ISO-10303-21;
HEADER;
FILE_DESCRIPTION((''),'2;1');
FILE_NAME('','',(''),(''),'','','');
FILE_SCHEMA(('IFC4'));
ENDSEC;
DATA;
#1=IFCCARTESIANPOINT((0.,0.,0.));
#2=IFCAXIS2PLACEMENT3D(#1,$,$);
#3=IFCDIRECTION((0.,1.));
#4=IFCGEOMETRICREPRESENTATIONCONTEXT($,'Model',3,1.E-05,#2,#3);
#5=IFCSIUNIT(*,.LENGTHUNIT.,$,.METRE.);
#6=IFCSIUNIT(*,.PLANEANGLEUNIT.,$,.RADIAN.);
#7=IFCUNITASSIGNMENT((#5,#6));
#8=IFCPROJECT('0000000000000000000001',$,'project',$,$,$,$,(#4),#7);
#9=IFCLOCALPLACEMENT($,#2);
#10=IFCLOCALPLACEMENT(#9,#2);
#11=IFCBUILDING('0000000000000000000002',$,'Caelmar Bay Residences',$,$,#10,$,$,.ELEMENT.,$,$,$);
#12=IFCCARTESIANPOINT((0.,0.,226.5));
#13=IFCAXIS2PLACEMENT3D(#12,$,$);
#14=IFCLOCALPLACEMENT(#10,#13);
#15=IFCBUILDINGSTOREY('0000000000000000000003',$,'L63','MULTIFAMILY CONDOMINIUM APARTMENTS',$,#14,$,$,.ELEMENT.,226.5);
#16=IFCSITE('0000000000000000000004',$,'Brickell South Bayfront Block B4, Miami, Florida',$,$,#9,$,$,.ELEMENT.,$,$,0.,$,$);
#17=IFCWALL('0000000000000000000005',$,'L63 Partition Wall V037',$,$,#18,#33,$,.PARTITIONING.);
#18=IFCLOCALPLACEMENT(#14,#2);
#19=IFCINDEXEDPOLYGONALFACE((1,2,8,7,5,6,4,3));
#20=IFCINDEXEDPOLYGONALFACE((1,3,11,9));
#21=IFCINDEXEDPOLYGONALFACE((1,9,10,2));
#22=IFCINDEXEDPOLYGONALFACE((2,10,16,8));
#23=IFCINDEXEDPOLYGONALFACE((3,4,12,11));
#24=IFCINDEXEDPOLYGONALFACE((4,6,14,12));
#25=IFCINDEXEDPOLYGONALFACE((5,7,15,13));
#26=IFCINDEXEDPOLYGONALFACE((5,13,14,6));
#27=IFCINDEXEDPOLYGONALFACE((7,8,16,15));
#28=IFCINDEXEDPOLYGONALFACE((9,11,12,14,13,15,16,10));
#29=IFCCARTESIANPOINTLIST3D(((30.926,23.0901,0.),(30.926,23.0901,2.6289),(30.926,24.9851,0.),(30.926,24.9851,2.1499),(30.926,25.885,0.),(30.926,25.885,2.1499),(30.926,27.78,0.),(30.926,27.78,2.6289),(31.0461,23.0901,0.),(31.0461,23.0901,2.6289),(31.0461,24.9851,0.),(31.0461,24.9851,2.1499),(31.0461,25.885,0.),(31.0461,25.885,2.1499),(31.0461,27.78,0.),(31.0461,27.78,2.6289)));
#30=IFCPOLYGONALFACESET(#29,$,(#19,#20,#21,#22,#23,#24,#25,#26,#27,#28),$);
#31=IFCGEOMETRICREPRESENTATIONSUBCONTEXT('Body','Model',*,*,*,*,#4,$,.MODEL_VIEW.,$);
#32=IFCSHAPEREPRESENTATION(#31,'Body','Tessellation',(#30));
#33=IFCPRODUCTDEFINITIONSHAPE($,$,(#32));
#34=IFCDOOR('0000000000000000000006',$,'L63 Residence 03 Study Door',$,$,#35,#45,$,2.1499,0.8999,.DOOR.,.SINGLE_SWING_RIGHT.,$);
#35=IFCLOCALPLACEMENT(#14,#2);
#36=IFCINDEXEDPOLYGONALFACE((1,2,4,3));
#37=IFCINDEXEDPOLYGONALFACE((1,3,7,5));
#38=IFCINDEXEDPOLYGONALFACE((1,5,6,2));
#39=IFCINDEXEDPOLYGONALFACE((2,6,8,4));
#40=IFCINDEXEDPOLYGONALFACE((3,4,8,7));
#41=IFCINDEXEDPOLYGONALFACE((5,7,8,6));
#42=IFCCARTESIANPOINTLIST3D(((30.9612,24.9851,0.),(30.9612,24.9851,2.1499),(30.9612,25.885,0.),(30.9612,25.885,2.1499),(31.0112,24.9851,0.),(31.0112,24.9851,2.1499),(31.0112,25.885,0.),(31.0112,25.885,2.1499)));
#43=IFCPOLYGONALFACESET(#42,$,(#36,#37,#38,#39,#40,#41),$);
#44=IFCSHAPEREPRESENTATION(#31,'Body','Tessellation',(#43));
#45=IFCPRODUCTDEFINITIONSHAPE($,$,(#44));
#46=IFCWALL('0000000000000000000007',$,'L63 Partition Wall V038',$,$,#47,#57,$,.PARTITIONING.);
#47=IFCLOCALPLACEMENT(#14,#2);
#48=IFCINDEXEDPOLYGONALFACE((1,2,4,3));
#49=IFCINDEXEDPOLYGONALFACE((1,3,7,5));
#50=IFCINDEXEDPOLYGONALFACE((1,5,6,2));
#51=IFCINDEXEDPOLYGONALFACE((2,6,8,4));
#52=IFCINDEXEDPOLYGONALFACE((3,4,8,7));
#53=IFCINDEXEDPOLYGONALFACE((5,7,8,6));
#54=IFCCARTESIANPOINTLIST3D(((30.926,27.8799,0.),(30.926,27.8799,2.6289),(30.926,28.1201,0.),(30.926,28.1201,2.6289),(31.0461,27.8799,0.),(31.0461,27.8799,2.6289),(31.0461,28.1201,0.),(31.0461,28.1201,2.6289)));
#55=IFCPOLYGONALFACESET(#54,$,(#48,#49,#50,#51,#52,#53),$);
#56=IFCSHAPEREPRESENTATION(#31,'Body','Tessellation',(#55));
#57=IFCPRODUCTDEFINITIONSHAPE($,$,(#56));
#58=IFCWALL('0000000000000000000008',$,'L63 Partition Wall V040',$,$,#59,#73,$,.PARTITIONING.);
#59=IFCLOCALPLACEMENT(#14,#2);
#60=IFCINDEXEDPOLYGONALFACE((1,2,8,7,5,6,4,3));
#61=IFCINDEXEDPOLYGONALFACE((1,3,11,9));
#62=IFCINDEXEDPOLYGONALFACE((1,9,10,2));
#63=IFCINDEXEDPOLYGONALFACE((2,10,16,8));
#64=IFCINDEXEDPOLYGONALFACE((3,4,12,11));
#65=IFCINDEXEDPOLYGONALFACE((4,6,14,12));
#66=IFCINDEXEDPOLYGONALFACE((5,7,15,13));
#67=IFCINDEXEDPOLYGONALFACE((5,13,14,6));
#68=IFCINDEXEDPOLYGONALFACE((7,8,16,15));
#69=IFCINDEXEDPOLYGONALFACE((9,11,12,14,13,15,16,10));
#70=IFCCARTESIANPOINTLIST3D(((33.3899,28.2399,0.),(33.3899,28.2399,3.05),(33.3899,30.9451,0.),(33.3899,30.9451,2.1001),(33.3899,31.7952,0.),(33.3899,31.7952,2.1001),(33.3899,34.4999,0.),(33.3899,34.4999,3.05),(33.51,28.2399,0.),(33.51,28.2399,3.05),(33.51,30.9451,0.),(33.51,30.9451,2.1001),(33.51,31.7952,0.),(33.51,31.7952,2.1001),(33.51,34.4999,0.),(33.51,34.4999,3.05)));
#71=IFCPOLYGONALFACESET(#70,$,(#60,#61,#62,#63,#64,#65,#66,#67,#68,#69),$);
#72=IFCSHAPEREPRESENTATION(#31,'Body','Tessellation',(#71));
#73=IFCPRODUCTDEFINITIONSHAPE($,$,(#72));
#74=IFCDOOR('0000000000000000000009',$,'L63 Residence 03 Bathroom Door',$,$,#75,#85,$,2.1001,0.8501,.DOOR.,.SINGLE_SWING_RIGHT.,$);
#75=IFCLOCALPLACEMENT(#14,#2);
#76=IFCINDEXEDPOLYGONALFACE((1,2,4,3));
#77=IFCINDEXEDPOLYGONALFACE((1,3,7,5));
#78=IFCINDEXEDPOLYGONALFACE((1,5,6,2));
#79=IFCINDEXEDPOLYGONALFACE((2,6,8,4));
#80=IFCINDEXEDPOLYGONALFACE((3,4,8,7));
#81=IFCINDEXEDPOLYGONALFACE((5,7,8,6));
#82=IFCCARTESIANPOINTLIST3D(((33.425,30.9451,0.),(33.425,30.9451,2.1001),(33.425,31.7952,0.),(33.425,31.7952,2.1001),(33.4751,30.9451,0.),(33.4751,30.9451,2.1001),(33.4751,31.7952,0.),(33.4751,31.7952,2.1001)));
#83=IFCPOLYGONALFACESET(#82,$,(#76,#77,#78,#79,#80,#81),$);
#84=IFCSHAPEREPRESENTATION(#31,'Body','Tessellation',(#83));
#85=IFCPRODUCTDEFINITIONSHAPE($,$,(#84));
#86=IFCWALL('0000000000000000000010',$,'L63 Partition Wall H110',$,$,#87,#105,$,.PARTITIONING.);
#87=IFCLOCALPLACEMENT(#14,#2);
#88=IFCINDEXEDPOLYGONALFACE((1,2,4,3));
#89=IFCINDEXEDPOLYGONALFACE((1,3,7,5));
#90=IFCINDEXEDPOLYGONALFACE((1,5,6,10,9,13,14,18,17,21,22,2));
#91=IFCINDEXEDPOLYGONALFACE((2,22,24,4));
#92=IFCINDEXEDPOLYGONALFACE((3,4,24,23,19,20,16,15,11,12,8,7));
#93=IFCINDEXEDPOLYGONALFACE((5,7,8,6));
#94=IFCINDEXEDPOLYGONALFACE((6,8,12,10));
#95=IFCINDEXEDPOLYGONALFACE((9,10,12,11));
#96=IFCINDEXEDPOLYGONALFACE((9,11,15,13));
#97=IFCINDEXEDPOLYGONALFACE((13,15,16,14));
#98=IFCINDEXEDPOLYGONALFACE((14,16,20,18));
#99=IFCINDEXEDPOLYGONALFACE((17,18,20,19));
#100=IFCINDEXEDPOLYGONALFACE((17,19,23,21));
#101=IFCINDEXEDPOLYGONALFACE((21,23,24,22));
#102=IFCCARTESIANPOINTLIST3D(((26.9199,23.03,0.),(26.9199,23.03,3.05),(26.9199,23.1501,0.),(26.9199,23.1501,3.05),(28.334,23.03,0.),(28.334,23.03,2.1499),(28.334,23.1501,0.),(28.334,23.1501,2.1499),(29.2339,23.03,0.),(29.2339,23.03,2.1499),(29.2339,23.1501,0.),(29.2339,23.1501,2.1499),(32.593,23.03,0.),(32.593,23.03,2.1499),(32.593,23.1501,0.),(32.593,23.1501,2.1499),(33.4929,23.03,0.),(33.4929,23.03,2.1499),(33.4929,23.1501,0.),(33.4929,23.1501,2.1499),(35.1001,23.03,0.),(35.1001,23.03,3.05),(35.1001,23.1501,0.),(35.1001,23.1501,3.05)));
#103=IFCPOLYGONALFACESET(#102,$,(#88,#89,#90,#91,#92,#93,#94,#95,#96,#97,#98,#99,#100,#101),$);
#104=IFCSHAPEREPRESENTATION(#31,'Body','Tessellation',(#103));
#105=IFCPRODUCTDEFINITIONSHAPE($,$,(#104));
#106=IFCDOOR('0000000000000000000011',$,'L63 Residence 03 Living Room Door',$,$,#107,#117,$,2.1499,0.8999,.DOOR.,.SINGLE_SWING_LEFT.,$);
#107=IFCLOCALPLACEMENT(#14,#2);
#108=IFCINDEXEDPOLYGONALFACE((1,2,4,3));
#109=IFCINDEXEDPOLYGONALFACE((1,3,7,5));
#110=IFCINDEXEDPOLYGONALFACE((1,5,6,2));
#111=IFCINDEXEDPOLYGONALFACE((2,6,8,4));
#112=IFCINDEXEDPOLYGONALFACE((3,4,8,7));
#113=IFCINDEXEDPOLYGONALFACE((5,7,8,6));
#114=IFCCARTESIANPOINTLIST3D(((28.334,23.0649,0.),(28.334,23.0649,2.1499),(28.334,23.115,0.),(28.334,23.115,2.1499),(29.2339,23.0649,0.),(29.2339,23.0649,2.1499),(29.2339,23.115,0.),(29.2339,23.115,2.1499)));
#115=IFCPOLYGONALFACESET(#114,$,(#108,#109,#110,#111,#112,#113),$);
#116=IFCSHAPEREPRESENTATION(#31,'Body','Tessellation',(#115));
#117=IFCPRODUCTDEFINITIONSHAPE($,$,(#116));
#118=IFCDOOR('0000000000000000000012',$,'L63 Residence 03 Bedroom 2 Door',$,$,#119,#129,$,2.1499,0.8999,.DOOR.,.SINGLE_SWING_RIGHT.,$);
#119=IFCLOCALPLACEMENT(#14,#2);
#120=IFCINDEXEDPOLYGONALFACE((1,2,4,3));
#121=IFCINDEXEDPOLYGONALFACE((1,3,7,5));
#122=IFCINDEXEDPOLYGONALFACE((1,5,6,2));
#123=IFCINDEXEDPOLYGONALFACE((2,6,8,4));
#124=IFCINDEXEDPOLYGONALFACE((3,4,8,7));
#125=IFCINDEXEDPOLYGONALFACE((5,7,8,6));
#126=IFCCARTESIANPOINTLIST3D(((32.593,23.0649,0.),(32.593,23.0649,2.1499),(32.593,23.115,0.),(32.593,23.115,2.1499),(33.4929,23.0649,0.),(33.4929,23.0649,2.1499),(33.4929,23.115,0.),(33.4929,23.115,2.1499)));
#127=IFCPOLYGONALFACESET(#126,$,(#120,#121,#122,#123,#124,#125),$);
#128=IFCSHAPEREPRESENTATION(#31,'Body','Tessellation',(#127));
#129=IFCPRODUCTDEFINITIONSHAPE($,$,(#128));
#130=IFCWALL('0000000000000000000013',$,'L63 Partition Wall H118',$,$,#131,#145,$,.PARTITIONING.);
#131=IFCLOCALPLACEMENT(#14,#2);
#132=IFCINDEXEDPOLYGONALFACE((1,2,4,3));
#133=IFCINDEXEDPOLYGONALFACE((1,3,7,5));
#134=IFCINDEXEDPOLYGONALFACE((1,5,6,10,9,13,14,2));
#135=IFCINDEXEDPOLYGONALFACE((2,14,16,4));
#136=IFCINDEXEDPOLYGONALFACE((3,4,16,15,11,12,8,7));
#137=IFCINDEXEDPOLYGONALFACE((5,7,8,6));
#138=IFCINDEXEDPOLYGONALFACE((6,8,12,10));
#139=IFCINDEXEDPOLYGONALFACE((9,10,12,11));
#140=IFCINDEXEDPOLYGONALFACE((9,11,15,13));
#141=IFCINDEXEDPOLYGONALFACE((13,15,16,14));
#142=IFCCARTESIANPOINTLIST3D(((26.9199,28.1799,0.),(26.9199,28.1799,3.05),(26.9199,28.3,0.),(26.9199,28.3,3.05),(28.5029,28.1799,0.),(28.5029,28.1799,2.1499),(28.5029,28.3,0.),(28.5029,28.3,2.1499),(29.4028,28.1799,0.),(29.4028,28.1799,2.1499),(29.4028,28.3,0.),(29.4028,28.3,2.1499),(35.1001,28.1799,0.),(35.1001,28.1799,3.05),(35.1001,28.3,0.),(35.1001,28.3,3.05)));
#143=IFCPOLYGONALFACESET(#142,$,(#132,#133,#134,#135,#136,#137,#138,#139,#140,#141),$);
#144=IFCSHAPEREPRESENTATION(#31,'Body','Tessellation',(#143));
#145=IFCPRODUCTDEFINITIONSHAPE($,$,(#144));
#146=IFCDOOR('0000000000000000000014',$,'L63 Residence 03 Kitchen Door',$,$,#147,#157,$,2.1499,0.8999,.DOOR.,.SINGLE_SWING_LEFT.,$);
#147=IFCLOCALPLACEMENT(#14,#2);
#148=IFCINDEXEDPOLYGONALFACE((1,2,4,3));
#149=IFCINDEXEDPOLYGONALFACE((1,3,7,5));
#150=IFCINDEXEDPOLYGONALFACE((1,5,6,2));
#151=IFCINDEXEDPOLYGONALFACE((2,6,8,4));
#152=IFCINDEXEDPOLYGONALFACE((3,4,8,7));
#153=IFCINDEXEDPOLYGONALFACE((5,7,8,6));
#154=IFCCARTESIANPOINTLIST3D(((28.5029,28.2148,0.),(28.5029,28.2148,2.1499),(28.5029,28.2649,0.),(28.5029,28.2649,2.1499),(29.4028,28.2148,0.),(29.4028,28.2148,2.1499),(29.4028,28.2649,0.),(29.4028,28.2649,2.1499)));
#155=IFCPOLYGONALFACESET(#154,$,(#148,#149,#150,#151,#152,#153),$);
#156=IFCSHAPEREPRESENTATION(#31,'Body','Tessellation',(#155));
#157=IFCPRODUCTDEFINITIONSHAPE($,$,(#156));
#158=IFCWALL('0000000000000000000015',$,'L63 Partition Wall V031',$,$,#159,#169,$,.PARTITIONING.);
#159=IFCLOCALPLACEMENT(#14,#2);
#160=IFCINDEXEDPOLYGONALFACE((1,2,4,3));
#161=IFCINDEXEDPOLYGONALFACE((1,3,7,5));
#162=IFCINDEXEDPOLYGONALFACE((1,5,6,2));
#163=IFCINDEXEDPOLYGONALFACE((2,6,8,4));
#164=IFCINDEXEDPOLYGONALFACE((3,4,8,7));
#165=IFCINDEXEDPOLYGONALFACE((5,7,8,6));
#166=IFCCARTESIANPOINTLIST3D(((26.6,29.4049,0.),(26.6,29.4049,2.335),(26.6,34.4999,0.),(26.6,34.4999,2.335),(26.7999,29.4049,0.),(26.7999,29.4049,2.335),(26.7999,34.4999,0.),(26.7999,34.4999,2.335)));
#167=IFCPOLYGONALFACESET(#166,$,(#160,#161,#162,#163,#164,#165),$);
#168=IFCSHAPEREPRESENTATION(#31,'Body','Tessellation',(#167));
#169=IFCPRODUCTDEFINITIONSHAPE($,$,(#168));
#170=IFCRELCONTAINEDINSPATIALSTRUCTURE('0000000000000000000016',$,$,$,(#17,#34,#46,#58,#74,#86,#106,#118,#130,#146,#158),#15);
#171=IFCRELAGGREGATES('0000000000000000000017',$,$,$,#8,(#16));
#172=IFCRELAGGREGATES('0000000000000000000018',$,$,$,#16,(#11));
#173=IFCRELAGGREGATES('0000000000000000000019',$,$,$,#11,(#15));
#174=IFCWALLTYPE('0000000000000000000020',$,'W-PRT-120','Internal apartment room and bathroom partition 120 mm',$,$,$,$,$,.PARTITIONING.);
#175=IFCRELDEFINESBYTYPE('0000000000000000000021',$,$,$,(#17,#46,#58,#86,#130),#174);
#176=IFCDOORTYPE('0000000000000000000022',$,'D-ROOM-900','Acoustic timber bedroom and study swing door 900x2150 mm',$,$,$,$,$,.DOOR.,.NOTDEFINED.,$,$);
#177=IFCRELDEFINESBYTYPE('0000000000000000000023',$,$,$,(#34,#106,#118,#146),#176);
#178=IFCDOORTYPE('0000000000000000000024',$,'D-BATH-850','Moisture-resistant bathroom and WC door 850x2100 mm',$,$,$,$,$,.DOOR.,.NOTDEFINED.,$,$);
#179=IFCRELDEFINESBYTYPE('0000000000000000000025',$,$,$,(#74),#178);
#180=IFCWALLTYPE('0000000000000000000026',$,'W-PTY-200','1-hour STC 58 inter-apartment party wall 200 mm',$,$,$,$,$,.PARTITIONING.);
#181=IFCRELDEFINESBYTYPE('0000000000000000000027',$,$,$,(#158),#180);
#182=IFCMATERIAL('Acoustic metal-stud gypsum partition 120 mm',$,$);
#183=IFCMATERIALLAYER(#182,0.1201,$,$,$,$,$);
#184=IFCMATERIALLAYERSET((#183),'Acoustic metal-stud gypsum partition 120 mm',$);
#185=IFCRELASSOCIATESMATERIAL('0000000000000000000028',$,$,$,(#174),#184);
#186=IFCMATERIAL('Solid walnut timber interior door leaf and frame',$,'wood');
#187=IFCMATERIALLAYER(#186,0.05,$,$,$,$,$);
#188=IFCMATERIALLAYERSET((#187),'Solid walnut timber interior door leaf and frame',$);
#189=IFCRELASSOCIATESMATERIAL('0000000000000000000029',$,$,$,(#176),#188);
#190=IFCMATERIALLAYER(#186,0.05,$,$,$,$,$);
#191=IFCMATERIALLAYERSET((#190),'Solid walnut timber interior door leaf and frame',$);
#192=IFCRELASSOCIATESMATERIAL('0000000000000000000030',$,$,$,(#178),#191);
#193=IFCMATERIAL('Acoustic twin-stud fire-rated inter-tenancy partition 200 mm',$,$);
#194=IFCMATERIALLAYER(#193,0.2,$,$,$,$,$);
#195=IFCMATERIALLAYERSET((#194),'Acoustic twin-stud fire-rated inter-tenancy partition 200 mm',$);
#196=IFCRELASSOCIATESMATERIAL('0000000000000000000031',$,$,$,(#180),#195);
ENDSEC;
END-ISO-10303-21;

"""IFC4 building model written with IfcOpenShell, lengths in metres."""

from ifc_helpers import new_model, si_unit, direction, frame, frame_2d, origin, place, context, subcontext, project, spatial, rectangle, extrude, material, layer, layer_set, type_object, element, fill, save


model = new_model("IFC4")

# Units and contexts
model_context = context("Model", 3, precision=1e-05, world=origin(), true_north=direction((0.0, 1.0)))
body_context = subcontext(model_context, "Body", "Model", "MODEL_VIEW")
ifc_project = project(units=[si_unit("LENGTHUNIT", "METRE"), si_unit("PLANEANGLEUNIT", "RADIAN")], contexts=[model_context])

# Site, building, storey
site_placement = place(None, origin())
site = spatial("IfcSite", under=ifc_project, at=site_placement, Name="Brickell South Bayfront Block B4, Miami, Florida", CompositionType="ELEMENT", RefElevation=0.0)
building_placement = place(site_placement, origin())
building = spatial("IfcBuilding", under=site, at=building_placement, Name="Caelmar Bay Residences", CompositionType="ELEMENT")
storey_placement = place(building_placement, frame((0.0, 0.0, 226.5)))
storey = spatial("IfcBuildingStorey", under=building, at=storey_placement, Name="L63", Description="MULTIFAMILY CONDOMINIUM APARTMENTS", CompositionType="ELEMENT", Elevation=226.5)

# Wall, opening, door
ifc_material_1 = material(Name="Acoustic metal-stud gypsum partition 120 mm")
ifc_layer_1 = layer(ifc_material_1, 0.1201)
ifc_layer_set_1 = layer_set([ifc_layer_1], Name="Acoustic metal-stud gypsum partition 120 mm")
wall_type_1 = type_object("IfcWallType", Name="W-PRT-120", Description="Internal apartment room and bathroom partition 120 mm", PredefinedType="PARTITIONING", material=ifc_layer_set_1)
wall_1_placement = place(storey_placement, frame((30.9861, 23.0901, 0.0), z_axis=(0.0, 0.0, 1.0), x_axis=(0.0, 1.0, 0.0)))
wall_1 = element("IfcWall", 1, at=wall_1_placement, inside=storey, type_object=wall_type_1, Name="L63 Partition Wall V037", PredefinedType="PARTITIONING", context=body_context, shape_type="SweptSolid", body=[
    extrude(rectangle(XDim=4.6899, YDim=0.1201, at=frame_2d((2.345, 0.0))), origin(), (0.0, 0.0, 1.0), 2.6289),
])
opening_1_placement = place(wall_1_placement, frame((1.895, 0.0, 0.0)))
opening_1 = element("IfcOpeningElement", 2, at=opening_1_placement, cuts=wall_1, PredefinedType="OPENING", context=body_context, shape_type="SweptSolid", body=[
    extrude(rectangle(XDim=0.8999, YDim=2.1499, at=frame_2d((0.45, 1.075))), frame((0.0, 0.0701, 0.0), z_axis=(0.0, -1.0, 0.0), x_axis=(1.0, 0.0, 0.0)), (0.0, 0.0, 1.0), 0.1401),
])
ifc_material_2 = material(Name="Solid walnut timber interior door leaf and frame", Category="wood")
ifc_layer_2 = layer(ifc_material_2, 0.05)
ifc_layer_set_2 = layer_set([ifc_layer_2], Name="Solid walnut timber interior door leaf and frame")
door_type_1 = type_object("IfcDoorType", Name="D-ROOM-900", Description="Acoustic timber bedroom and study swing door 900x2150 mm", OperationType="NOTDEFINED", PredefinedType="DOOR", material=ifc_layer_set_2)
door_1_placement = place(opening_1_placement, origin())
door_1 = element("IfcDoor", 3, at=door_1_placement, inside=storey, type_object=door_type_1, Name="L63 Residence 03 Study Door", OperationType="SINGLE_SWING_RIGHT", OverallHeight=2.1499, OverallWidth=0.8999, PredefinedType="DOOR", context=body_context, shape_type="SweptSolid", body=[
    extrude(rectangle(XDim=0.8999, YDim=2.1499, at=frame_2d((0.45, 1.075))), frame((0.0, 0.0249, 0.0), z_axis=(0.0, -1.0, 0.0), x_axis=(1.0, 0.0, 0.0)), (0.0, 0.0, 1.0), 0.05),
])
fill(opening_1, door_1)

# Wall
wall_2_placement = place(storey_placement, frame((30.9861, 27.8799, 0.0), z_axis=(0.0, 0.0, 1.0), x_axis=(0.0, 1.0, 0.0)))
element("IfcWall", 4, at=wall_2_placement, inside=storey, type_object=wall_type_1, Name="L63 Partition Wall V038", PredefinedType="PARTITIONING", context=body_context, shape_type="SweptSolid", body=[
    extrude(rectangle(XDim=0.2402, YDim=0.1201, at=frame_2d((0.1201, 0.0))), origin(), (0.0, 0.0, 1.0), 2.6289),
])

# Wall, opening, door
wall_3_placement = place(storey_placement, frame((33.45, 28.24, 0.0), z_axis=(0.0, 0.0, 1.0), x_axis=(0.0, 1.0, 0.0)))
wall_3 = element("IfcWall", 5, at=wall_3_placement, inside=storey, type_object=wall_type_1, Name="L63 Partition Wall V040", PredefinedType="PARTITIONING", context=body_context, shape_type="SweptSolid", body=[
    extrude(rectangle(XDim=6.26, YDim=0.1201, at=frame_2d((3.1299, 0.0))), origin(), (0.0, 0.0, 1.0), 3.05),
])
opening_2_placement = place(wall_3_placement, frame((2.7051, 0.0, 0.0)))
opening_2 = element("IfcOpeningElement", 6, at=opening_2_placement, cuts=wall_3, PredefinedType="OPENING", context=body_context, shape_type="SweptSolid", body=[
    extrude(rectangle(XDim=0.8501, YDim=2.1001, at=frame_2d((0.425, 1.05))), frame((0.0, 0.0701, 0.0), z_axis=(0.0, -1.0, 0.0), x_axis=(1.0, 0.0, 0.0)), (0.0, 0.0, 1.0), 0.1401),
])
ifc_layer_3 = layer(ifc_material_2, 0.05)
ifc_layer_set_3 = layer_set([ifc_layer_3], Name="Solid walnut timber interior door leaf and frame")
door_type_2 = type_object("IfcDoorType", Name="D-BATH-850", Description="Moisture-resistant bathroom and WC door 850x2100 mm", OperationType="NOTDEFINED", PredefinedType="DOOR", material=ifc_layer_set_3)
door_2_placement = place(opening_2_placement, origin())
door_2 = element("IfcDoor", 7, at=door_2_placement, inside=storey, type_object=door_type_2, Name="L63 Residence 03 Bathroom Door", OperationType="SINGLE_SWING_RIGHT", OverallHeight=2.1001, OverallWidth=0.8501, PredefinedType="DOOR", context=body_context, shape_type="SweptSolid", body=[
    extrude(rectangle(XDim=0.8501, YDim=2.1001, at=frame_2d((0.425, 1.05))), frame((0.0, 0.0249, 0.0), z_axis=(0.0, -1.0, 0.0), x_axis=(1.0, 0.0, 0.0)), (0.0, 0.0, 1.0), 0.05),
])
fill(opening_2, door_2)

# Wall, openings, doors
wall_4_placement = place(storey_placement, frame((26.9199, 23.0901, 0.0), z_axis=(0.0, 0.0, 1.0), x_axis=(1.0, 0.0, 0.0)))
wall_4 = element("IfcWall", 8, at=wall_4_placement, inside=storey, type_object=wall_type_1, Name="L63 Partition Wall H110", PredefinedType="PARTITIONING", context=body_context, shape_type="SweptSolid", body=[
    extrude(rectangle(XDim=8.1802, YDim=0.1201, at=frame_2d((4.0901, 0.0))), origin(), (0.0, 0.0, 1.0), 3.05),
])
opening_3_placement = place(wall_4_placement, frame((1.4141, 0.0, 0.0)))
opening_3 = element("IfcOpeningElement", 9, at=opening_3_placement, cuts=wall_4, PredefinedType="OPENING", context=body_context, shape_type="SweptSolid", body=[
    extrude(rectangle(XDim=0.8999, YDim=2.1499, at=frame_2d((0.45, 1.075))), frame((0.0, 0.0701, 0.0), z_axis=(0.0, -1.0, 0.0), x_axis=(1.0, 0.0, 0.0)), (0.0, 0.0, 1.0), 0.1401),
])
opening_4_placement = place(wall_4_placement, frame((5.6731, 0.0, 0.0)))
opening_4 = element("IfcOpeningElement", 10, at=opening_4_placement, cuts=wall_4, PredefinedType="OPENING", context=body_context, shape_type="SweptSolid", body=[
    extrude(rectangle(XDim=0.8999, YDim=2.1499, at=frame_2d((0.45, 1.075))), frame((0.0, 0.0701, 0.0), z_axis=(0.0, -1.0, 0.0), x_axis=(1.0, 0.0, 0.0)), (0.0, 0.0, 1.0), 0.1401),
])
door_3_placement = place(opening_3_placement, origin())
door_3 = element("IfcDoor", 11, at=door_3_placement, inside=storey, type_object=door_type_1, Name="L63 Residence 03 Living Room Door", OperationType="SINGLE_SWING_LEFT", OverallHeight=2.1499, OverallWidth=0.8999, PredefinedType="DOOR", context=body_context, shape_type="SweptSolid", body=[
    extrude(rectangle(XDim=0.8999, YDim=2.1499, at=frame_2d((0.45, 1.075))), frame((0.0, 0.0249, 0.0), z_axis=(0.0, -1.0, 0.0), x_axis=(1.0, 0.0, 0.0)), (0.0, 0.0, 1.0), 0.05),
])
fill(opening_3, door_3)
door_4_placement = place(opening_4_placement, origin())
door_4 = element("IfcDoor", 12, at=door_4_placement, inside=storey, type_object=door_type_1, Name="L63 Residence 03 Bedroom 2 Door", OperationType="SINGLE_SWING_RIGHT", OverallHeight=2.1499, OverallWidth=0.8999, PredefinedType="DOOR", context=body_context, shape_type="SweptSolid", body=[
    extrude(rectangle(XDim=0.8999, YDim=2.1499, at=frame_2d((0.45, 1.075))), frame((0.0, 0.0249, 0.0), z_axis=(0.0, -1.0, 0.0), x_axis=(1.0, 0.0, 0.0)), (0.0, 0.0, 1.0), 0.05),
])
fill(opening_4, door_4)

# Wall, opening, door
wall_5_placement = place(storey_placement, frame((26.9199, 28.24, 0.0), z_axis=(0.0, 0.0, 1.0), x_axis=(1.0, 0.0, 0.0)))
wall_5 = element("IfcWall", 13, at=wall_5_placement, inside=storey, type_object=wall_type_1, Name="L63 Partition Wall H118", PredefinedType="PARTITIONING", context=body_context, shape_type="SweptSolid", body=[
    extrude(rectangle(XDim=8.1802, YDim=0.1201, at=frame_2d((4.0901, 0.0))), origin(), (0.0, 0.0, 1.0), 3.05),
])
opening_5_placement = place(wall_5_placement, frame((1.583, 0.0, 0.0)))
opening_5 = element("IfcOpeningElement", 14, at=opening_5_placement, cuts=wall_5, PredefinedType="OPENING", context=body_context, shape_type="SweptSolid", body=[
    extrude(rectangle(XDim=0.8999, YDim=2.1499, at=frame_2d((0.45, 1.075))), frame((0.0, 0.0701, 0.0), z_axis=(0.0, -1.0, 0.0), x_axis=(1.0, 0.0, 0.0)), (0.0, 0.0, 1.0), 0.1401),
])
door_5_placement = place(opening_5_placement, origin())
door_5 = element("IfcDoor", 15, at=door_5_placement, inside=storey, type_object=door_type_1, Name="L63 Residence 03 Kitchen Door", OperationType="SINGLE_SWING_LEFT", OverallHeight=2.1499, OverallWidth=0.8999, PredefinedType="DOOR", context=body_context, shape_type="SweptSolid", body=[
    extrude(rectangle(XDim=0.8999, YDim=2.1499, at=frame_2d((0.45, 1.075))), frame((0.0, 0.0249, 0.0), z_axis=(0.0, -1.0, 0.0), x_axis=(1.0, 0.0, 0.0)), (0.0, 0.0, 1.0), 0.05),
])
fill(opening_5, door_5)

# Wall
ifc_material_3 = material(Name="Acoustic twin-stud fire-rated inter-tenancy partition 200 mm")
ifc_layer_4 = layer(ifc_material_3, 0.2)
ifc_layer_set_4 = layer_set([ifc_layer_4], Name="Acoustic twin-stud fire-rated inter-tenancy partition 200 mm")
wall_type_2 = type_object("IfcWallType", Name="W-PTY-200", Description="1-hour STC 58 inter-apartment party wall 200 mm", PredefinedType="PARTITIONING", material=ifc_layer_set_4)
wall_6_placement = place(storey_placement, frame((26.7, 29.405, 0.0), z_axis=(0.0, 0.0, 1.0), x_axis=(0.0, 1.0, 0.0)))
element("IfcWall", 16, at=wall_6_placement, inside=storey, type_object=wall_type_2, Name="L63 Partition Wall V031", PredefinedType="PARTITIONING", context=body_context, shape_type="SweptSolid", body=[
    extrude(rectangle(XDim=5.095, YDim=0.2, at=frame_2d((2.5474, 0.0))), origin(), (0.0, 0.0, 1.0), 2.335),
])

save(model, "model.ifc")
